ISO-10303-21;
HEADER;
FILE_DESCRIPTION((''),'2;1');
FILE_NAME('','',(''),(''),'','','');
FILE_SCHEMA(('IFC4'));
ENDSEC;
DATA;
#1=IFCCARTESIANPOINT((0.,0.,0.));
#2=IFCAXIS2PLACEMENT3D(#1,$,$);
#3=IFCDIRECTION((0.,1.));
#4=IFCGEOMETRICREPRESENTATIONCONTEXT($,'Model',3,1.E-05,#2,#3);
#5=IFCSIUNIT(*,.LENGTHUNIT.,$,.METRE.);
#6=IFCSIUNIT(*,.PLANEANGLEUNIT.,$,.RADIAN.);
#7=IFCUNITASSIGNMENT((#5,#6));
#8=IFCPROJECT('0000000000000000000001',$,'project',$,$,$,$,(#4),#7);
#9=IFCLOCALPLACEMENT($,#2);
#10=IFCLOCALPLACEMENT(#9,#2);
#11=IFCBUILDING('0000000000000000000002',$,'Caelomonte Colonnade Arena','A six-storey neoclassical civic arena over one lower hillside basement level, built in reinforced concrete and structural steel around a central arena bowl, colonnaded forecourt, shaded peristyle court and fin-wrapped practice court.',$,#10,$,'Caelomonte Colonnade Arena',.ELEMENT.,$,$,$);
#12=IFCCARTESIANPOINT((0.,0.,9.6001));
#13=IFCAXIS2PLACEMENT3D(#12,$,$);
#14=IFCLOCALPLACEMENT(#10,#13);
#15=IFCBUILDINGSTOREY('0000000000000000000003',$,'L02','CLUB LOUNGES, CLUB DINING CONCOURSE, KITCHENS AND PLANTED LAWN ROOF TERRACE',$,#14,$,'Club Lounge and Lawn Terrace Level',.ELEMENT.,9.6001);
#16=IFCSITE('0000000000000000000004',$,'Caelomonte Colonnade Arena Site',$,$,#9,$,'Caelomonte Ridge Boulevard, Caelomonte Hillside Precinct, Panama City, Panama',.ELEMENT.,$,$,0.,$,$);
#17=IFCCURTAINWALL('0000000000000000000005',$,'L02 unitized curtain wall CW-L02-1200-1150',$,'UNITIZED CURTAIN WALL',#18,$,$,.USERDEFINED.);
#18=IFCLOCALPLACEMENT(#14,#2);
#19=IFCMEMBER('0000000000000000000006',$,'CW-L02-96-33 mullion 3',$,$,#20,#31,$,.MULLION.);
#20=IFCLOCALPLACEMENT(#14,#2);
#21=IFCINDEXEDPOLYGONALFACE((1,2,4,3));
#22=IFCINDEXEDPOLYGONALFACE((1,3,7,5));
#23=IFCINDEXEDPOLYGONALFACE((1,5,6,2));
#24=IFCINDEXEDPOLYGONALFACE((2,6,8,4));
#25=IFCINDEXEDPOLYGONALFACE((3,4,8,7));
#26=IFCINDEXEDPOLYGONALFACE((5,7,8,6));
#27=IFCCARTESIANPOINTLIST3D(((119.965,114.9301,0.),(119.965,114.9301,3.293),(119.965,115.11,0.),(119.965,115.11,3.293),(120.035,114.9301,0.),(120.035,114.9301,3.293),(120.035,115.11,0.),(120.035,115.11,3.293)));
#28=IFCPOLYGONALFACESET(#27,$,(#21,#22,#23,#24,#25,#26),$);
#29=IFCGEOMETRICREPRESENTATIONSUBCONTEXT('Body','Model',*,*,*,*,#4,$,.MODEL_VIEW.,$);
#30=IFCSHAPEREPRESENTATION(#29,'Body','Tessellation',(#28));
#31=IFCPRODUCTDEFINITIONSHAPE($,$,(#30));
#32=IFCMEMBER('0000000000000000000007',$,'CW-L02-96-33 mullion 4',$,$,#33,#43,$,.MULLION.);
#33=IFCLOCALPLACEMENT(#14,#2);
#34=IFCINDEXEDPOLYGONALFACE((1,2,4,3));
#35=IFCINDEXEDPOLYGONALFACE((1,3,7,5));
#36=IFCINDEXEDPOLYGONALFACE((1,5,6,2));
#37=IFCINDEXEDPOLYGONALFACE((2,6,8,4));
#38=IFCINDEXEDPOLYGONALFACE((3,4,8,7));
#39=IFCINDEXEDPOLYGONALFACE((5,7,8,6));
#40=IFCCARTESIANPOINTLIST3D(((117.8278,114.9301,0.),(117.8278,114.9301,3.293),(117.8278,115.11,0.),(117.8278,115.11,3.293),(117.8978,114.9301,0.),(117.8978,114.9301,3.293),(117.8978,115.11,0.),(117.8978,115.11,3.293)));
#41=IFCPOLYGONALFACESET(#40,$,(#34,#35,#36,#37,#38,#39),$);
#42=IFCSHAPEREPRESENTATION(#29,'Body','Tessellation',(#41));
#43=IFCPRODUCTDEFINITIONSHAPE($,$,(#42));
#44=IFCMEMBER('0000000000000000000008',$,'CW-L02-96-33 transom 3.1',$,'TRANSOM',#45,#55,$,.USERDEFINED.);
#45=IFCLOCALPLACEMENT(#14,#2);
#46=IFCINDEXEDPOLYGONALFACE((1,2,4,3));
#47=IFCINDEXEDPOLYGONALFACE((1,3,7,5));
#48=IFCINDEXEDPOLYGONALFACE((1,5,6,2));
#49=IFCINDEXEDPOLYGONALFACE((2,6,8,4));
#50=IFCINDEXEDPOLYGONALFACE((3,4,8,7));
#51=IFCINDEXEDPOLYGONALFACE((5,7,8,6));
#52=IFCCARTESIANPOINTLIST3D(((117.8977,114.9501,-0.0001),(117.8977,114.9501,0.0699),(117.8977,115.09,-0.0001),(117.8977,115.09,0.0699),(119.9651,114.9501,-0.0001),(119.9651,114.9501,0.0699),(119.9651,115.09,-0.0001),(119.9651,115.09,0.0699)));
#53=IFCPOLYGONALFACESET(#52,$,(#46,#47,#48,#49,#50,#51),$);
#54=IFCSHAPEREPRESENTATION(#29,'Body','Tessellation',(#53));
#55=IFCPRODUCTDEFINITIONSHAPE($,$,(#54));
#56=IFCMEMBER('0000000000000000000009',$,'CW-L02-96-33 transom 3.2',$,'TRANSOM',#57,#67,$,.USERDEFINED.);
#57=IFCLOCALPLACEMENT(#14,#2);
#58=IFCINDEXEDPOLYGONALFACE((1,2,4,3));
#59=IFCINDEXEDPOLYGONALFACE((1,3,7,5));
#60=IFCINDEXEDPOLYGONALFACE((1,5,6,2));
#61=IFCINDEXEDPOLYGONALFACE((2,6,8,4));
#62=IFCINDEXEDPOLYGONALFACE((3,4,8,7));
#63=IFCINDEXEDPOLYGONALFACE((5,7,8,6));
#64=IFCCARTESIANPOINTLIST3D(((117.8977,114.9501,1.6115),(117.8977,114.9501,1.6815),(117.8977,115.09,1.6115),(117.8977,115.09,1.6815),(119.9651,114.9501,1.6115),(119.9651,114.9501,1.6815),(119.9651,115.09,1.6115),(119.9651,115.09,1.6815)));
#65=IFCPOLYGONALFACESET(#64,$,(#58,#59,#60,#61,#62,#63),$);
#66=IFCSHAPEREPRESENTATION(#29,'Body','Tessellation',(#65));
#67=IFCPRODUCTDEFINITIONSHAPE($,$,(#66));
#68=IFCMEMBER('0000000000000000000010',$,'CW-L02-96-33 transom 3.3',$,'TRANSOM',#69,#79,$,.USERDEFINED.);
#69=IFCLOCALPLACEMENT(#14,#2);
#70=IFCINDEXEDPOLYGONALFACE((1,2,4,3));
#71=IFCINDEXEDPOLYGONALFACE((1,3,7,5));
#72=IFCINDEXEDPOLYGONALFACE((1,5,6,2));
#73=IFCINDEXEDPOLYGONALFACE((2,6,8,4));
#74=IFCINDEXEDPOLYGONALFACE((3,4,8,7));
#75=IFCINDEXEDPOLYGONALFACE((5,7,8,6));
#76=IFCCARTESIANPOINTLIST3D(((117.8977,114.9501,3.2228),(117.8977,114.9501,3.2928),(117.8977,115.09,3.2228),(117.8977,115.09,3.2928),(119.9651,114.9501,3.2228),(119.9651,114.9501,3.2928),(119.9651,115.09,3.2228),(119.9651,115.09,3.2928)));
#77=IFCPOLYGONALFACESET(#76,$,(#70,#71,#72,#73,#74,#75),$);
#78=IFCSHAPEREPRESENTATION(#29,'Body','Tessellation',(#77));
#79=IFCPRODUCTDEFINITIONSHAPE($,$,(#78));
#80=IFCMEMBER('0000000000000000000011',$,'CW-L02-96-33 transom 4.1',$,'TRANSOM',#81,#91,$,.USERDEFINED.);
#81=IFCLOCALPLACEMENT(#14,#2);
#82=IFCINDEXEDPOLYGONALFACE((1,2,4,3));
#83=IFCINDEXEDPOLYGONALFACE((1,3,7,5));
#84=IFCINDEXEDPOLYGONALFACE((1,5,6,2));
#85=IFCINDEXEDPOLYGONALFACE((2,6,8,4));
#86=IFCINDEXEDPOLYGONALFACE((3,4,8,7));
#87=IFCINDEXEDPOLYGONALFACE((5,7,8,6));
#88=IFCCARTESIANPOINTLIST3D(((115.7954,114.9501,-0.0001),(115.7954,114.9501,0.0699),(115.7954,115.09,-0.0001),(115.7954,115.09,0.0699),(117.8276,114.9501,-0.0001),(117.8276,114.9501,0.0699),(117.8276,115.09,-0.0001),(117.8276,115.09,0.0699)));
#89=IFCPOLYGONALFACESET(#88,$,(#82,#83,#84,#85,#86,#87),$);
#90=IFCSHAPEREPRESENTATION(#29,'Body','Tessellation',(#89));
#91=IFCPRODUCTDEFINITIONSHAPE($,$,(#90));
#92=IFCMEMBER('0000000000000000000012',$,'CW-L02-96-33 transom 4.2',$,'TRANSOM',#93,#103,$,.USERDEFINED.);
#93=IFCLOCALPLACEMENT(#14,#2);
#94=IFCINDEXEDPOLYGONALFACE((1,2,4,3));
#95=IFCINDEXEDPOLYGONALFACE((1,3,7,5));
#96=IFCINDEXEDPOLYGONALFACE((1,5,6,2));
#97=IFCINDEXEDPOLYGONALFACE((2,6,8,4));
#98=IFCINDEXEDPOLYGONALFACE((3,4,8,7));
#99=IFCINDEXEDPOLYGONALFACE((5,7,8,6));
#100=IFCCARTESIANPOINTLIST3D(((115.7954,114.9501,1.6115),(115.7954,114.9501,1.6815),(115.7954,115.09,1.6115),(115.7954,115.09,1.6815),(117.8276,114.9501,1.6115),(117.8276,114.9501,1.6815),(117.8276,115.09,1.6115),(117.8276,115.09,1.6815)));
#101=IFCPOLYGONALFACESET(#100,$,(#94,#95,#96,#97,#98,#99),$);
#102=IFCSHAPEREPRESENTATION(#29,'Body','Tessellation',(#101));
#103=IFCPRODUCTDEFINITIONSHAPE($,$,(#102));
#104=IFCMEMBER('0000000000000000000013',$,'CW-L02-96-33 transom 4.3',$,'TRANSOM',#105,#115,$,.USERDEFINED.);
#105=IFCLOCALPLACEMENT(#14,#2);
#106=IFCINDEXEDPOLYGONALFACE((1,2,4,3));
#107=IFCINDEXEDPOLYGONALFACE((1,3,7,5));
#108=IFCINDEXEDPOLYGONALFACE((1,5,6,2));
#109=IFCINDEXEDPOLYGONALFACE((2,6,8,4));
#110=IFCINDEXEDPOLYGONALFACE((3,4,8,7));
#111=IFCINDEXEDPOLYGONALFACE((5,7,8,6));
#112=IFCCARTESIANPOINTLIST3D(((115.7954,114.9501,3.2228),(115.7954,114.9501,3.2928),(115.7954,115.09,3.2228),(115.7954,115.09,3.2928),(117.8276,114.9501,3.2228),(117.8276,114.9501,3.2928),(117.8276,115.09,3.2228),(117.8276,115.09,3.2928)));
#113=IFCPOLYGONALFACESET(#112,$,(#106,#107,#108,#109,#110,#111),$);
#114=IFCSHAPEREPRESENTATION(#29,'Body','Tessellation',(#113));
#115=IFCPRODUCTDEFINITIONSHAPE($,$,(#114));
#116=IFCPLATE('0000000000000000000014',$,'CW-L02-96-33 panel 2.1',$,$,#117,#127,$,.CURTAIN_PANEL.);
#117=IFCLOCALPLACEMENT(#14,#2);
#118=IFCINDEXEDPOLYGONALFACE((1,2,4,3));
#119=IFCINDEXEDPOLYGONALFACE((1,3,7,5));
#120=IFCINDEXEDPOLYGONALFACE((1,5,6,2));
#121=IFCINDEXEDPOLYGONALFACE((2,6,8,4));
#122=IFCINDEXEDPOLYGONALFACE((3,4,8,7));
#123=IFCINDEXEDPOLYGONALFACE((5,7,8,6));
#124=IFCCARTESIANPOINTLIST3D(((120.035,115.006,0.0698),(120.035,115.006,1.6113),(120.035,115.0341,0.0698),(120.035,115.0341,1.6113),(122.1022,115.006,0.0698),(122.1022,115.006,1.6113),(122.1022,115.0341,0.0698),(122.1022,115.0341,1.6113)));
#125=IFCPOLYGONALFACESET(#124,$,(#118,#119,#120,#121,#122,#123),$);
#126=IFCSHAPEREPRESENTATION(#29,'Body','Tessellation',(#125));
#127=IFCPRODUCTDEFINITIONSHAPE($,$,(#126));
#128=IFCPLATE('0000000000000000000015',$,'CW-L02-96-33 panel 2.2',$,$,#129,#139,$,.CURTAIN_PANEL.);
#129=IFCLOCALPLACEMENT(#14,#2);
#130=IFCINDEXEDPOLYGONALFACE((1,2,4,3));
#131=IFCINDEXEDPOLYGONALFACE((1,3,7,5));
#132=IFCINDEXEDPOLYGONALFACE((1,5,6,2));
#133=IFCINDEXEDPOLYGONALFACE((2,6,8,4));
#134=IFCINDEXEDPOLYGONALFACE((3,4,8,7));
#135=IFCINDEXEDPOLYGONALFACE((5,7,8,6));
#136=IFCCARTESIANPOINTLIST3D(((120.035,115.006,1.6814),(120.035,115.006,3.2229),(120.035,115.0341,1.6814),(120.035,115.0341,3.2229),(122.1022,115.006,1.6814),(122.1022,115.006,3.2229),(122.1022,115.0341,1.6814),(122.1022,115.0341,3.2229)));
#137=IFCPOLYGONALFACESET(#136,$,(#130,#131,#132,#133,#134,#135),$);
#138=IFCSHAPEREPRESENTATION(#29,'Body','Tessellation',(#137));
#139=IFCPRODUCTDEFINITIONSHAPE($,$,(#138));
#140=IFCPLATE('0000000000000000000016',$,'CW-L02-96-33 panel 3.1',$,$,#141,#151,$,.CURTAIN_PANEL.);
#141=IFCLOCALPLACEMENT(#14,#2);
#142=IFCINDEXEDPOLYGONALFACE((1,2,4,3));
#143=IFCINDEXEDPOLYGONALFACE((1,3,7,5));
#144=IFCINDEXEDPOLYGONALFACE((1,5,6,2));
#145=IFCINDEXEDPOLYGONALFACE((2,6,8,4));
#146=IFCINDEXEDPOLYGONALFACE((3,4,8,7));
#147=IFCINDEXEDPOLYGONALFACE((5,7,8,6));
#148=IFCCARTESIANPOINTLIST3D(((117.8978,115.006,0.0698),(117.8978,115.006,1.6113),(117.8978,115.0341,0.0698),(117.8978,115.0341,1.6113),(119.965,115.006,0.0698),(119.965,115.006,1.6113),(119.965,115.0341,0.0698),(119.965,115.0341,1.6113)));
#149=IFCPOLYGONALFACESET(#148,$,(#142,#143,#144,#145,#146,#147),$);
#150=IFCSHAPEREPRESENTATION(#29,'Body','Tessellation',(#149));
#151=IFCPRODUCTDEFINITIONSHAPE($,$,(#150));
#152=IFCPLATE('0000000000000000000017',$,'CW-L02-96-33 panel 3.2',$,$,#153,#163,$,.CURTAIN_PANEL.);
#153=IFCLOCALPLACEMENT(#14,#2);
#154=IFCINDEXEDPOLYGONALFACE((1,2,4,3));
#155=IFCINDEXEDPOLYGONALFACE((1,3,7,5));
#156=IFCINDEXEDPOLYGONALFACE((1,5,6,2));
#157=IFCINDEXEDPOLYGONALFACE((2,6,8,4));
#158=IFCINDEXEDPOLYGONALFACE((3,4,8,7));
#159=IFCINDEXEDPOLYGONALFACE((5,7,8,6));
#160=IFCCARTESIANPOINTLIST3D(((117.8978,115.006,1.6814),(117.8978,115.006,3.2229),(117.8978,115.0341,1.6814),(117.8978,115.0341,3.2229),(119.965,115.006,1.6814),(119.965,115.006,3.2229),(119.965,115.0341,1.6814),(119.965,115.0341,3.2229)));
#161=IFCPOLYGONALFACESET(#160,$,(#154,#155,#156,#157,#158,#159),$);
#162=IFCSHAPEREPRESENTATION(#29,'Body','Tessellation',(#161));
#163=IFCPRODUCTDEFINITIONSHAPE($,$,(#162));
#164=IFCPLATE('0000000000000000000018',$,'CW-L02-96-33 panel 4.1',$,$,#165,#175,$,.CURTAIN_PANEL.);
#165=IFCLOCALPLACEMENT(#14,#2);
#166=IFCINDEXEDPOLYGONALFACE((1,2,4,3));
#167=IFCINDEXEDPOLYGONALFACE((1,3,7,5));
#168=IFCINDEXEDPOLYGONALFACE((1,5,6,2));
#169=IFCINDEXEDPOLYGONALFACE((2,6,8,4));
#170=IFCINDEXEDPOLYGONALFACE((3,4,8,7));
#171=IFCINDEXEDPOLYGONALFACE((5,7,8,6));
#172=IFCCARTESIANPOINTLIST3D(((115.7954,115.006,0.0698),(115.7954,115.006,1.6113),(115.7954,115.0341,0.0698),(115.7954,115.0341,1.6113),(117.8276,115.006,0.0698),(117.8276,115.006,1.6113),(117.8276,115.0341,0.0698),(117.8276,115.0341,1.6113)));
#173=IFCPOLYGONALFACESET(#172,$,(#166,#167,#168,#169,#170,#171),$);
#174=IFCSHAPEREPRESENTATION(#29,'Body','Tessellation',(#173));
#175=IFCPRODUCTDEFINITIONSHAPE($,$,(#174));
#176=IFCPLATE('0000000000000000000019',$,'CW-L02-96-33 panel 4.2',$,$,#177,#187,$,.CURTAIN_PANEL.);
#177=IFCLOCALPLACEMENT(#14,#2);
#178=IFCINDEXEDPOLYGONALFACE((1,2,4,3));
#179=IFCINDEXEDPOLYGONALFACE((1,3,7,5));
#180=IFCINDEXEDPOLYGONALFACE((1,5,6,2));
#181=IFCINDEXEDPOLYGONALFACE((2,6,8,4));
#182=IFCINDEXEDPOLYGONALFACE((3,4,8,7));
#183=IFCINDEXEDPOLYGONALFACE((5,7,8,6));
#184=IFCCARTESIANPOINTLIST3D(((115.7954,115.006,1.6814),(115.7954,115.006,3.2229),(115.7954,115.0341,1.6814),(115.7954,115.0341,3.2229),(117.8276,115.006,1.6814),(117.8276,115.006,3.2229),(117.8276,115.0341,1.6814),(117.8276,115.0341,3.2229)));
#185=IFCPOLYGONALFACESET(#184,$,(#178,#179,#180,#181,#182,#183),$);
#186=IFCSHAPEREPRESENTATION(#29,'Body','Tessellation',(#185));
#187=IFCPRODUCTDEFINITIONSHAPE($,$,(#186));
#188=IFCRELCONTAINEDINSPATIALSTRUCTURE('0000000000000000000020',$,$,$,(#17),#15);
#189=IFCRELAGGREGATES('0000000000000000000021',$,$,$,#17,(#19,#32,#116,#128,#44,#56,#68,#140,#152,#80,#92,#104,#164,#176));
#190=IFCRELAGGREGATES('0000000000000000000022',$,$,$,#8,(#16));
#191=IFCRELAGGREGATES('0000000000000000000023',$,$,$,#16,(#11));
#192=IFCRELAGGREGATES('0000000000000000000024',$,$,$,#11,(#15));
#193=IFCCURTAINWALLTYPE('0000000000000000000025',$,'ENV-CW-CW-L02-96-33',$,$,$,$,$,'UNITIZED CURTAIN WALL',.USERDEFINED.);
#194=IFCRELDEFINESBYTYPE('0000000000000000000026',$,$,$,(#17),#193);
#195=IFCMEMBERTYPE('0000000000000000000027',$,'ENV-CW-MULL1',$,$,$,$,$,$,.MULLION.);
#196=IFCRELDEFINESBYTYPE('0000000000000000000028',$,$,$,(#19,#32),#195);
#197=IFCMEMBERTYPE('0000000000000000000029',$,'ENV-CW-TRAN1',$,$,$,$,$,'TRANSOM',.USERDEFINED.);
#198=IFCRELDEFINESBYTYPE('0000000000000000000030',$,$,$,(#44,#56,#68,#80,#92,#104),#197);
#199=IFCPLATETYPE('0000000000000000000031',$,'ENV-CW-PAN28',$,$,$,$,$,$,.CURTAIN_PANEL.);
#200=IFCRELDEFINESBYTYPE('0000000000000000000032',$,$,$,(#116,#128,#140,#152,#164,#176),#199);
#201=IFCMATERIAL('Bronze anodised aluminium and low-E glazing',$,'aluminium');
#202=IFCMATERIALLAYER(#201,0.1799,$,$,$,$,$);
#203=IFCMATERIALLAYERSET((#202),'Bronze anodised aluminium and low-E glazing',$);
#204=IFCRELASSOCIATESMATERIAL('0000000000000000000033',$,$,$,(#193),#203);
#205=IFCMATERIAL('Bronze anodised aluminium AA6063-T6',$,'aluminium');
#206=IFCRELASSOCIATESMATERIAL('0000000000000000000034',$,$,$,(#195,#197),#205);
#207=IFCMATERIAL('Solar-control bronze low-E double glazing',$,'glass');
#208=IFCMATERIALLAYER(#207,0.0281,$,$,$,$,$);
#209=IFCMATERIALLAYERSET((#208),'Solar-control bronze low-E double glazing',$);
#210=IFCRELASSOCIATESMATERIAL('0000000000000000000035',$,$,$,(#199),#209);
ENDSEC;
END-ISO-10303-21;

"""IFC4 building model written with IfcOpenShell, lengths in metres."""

from ifc_helpers import new_model, si_unit, direction, frame, origin, origin_2d, place, context, subcontext, project, spatial, rectangle, extrude, material, layer, layer_set, material_profile, profile_set, type_object, element, aggregate, save


model = new_model("IFC4")

# Units and contexts
model_context = context("Model", 3, precision=1e-05, world=origin(), true_north=direction((0.0, 1.0)))
body_context = subcontext(model_context, "Body", "Model", "MODEL_VIEW")
ifc_project = project(units=[si_unit("LENGTHUNIT", "METRE"), si_unit("PLANEANGLEUNIT", "RADIAN")], contexts=[model_context])

# Site, building, storey
site_placement = place(None, origin())
site = spatial("IfcSite", under=ifc_project, at=site_placement, Name="Caelomonte Colonnade Arena Site", LongName="Caelomonte Ridge Boulevard, Caelomonte Hillside Precinct, Panama City, Panama", CompositionType="ELEMENT", RefElevation=0.0)
building_placement = place(site_placement, origin())
building = spatial("IfcBuilding", under=site, at=building_placement, Name="Caelomonte Colonnade Arena", Description="A six-storey neoclassical civic arena over one lower hillside basement level, built in reinforced concrete and structural steel around a central arena bowl, colonnaded forecourt, shaded peristyle court and fin-wrapped practice court.", LongName="Caelomonte Colonnade Arena", CompositionType="ELEMENT")
storey_placement = place(building_placement, frame((0.0, 0.0, 9.6001)))
storey = spatial("IfcBuildingStorey", under=building, at=storey_placement, Name="L02", Description="CLUB LOUNGES, CLUB DINING CONCOURSE, KITCHENS AND PLANTED LAWN ROOF TERRACE", LongName="Club Lounge and Lawn Terrace Level", CompositionType="ELEMENT", Elevation=9.6001)

# Curtain wall, members, plates
ifc_material_1 = material(Name="Bronze anodised aluminium and low-E glazing", Category="aluminium")
ifc_layer_1 = layer(ifc_material_1, 0.1799)
ifc_layer_set_1 = layer_set([ifc_layer_1], Name="Bronze anodised aluminium and low-E glazing")
curtain_wall_type = type_object("IfcCurtainWallType", Name="ENV-CW-CW-L02-96-33", ElementType="UNITIZED CURTAIN WALL", PredefinedType="USERDEFINED", material=ifc_layer_set_1)
curtain_wall_placement = place(storey_placement, origin())
curtain_wall = element("IfcCurtainWall", 1, at=curtain_wall_placement, inside=storey, type_object=curtain_wall_type, Name="L02 unitized curtain wall CW-L02-1200-1150", ObjectType="UNITIZED CURTAIN WALL", PredefinedType="USERDEFINED")
ifc_material_2 = material(Name="Bronze anodised aluminium AA6063-T6", Category="aluminium")
ifc_material_profile_1 = material_profile(ifc_material_2, rectangle(XDim=0.0701, YDim=0.1799, at=origin_2d()), Name="CWM-70X180")
ifc_profile_set_1 = profile_set([ifc_material_profile_1], Name="Bronze anodised aluminium AA6063-T6")
member_type_1 = type_object("IfcMemberType", Name="ENV-CW-MULL1", PredefinedType="MULLION", material=ifc_profile_set_1)
member_1_placement = place(storey_placement, frame((120.0, 115.02, 0.0), z_axis=(0.0, 0.0, 1.0), x_axis=(-1.0, 0.0, 0.0)))
member_1 = element("IfcMember", 2, at=member_1_placement, type_object=member_type_1, Name="CW-L02-96-33 mullion 3", PredefinedType="MULLION", context=body_context, shape_type="SweptSolid", body=[
    extrude(rectangle(XDim=0.0701, YDim=0.1799, at=origin_2d()), origin(), (0.0, 0.0, 1.0), 3.293),
])
member_2_placement = place(storey_placement, frame((117.8628, 115.02, 0.0), z_axis=(0.0, 0.0, 1.0), x_axis=(-1.0, 0.0, 0.0)))
member_2 = element("IfcMember", 3, at=member_2_placement, type_object=member_type_1, Name="CW-L02-96-33 mullion 4", PredefinedType="MULLION", context=body_context, shape_type="SweptSolid", body=[
    extrude(rectangle(XDim=0.0701, YDim=0.1799, at=origin_2d()), origin(), (0.0, 0.0, 1.0), 3.293),
])
ifc_material_profile_2 = material_profile(ifc_material_2, rectangle(XDim=0.0701, YDim=0.1399, at=origin_2d()), Name="CWT-70X140")
ifc_profile_set_2 = profile_set([ifc_material_profile_2], Name="Bronze anodised aluminium AA6063-T6")
member_type_2 = type_object("IfcMemberType", Name="ENV-CW-TRAN1", ElementType="TRANSOM", PredefinedType="USERDEFINED", material=ifc_profile_set_2)
member_3_placement = place(storey_placement, frame((119.9651, 115.02, 0.0349), z_axis=(-1.0, 0.0, 0.0), x_axis=(0.0, 0.0, 1.0)))
member_3 = element("IfcMember", 4, at=member_3_placement, type_object=member_type_2, Name="CW-L02-96-33 transom 3.1", ObjectType="TRANSOM", PredefinedType="USERDEFINED", context=body_context, shape_type="SweptSolid", body=[
    extrude(rectangle(XDim=0.0701, YDim=0.1399, at=origin_2d()), origin(), (0.0, 0.0, 1.0), 2.0674),
])
member_4_placement = place(storey_placement, frame((119.9651, 115.02, 1.6465), z_axis=(-1.0, 0.0, 0.0), x_axis=(0.0, 0.0, 1.0)))
member_4 = element("IfcMember", 5, at=member_4_placement, type_object=member_type_2, Name="CW-L02-96-33 transom 3.2", ObjectType="TRANSOM", PredefinedType="USERDEFINED", context=body_context, shape_type="SweptSolid", body=[
    extrude(rectangle(XDim=0.0701, YDim=0.1399, at=origin_2d()), origin(), (0.0, 0.0, 1.0), 2.0674),
])
member_5_placement = place(storey_placement, frame((119.9651, 115.02, 3.2578), z_axis=(-1.0, 0.0, 0.0), x_axis=(0.0, 0.0, 1.0)))
member_5 = element("IfcMember", 6, at=member_5_placement, type_object=member_type_2, Name="CW-L02-96-33 transom 3.3", ObjectType="TRANSOM", PredefinedType="USERDEFINED", context=body_context, shape_type="SweptSolid", body=[
    extrude(rectangle(XDim=0.0701, YDim=0.1399, at=origin_2d()), origin(), (0.0, 0.0, 1.0), 2.0674),
])
member_6_placement = place(storey_placement, frame((117.8276, 115.02, 0.0349), z_axis=(-1.0, 0.0, 0.0), x_axis=(0.0, 0.0, 1.0)))
member_6 = element("IfcMember", 7, at=member_6_placement, type_object=member_type_2, Name="CW-L02-96-33 transom 4.1", ObjectType="TRANSOM", PredefinedType="USERDEFINED", context=body_context, shape_type="SweptSolid", body=[
    extrude(rectangle(XDim=0.0701, YDim=0.1399, at=origin_2d()), origin(), (0.0, 0.0, 1.0), 2.0322),
])
member_7_placement = place(storey_placement, frame((117.8276, 115.02, 1.6465), z_axis=(-1.0, 0.0, 0.0), x_axis=(0.0, 0.0, 1.0)))
member_7 = element("IfcMember", 8, at=member_7_placement, type_object=member_type_2, Name="CW-L02-96-33 transom 4.2", ObjectType="TRANSOM", PredefinedType="USERDEFINED", context=body_context, shape_type="SweptSolid", body=[
    extrude(rectangle(XDim=0.0701, YDim=0.1399, at=origin_2d()), origin(), (0.0, 0.0, 1.0), 2.0322),
])
member_8_placement = place(storey_placement, frame((117.8276, 115.02, 3.2578), z_axis=(-1.0, 0.0, 0.0), x_axis=(0.0, 0.0, 1.0)))
member_8 = element("IfcMember", 9, at=member_8_placement, type_object=member_type_2, Name="CW-L02-96-33 transom 4.3", ObjectType="TRANSOM", PredefinedType="USERDEFINED", context=body_context, shape_type="SweptSolid", body=[
    extrude(rectangle(XDim=0.0701, YDim=0.1399, at=origin_2d()), origin(), (0.0, 0.0, 1.0), 2.0322),
])
ifc_material_3 = material(Name="Solar-control bronze low-E double glazing", Category="glass")
ifc_layer_2 = layer(ifc_material_3, 0.0281)
ifc_layer_set_2 = layer_set([ifc_layer_2], Name="Solar-control bronze low-E double glazing")
plate_type = type_object("IfcPlateType", Name="ENV-CW-PAN28", PredefinedType="CURTAIN_PANEL", material=ifc_layer_set_2)
plate_1_placement = place(storey_placement, frame((121.0686, 115.02, 0.0698), z_axis=(0.0, 0.0, 1.0), x_axis=(-1.0, 0.0, 0.0)))
plate_1 = element("IfcPlate", 10, at=plate_1_placement, type_object=plate_type, Name="CW-L02-96-33 panel 2.1", PredefinedType="CURTAIN_PANEL", context=body_context, shape_type="SweptSolid", body=[
    extrude(rectangle(XDim=2.0671, YDim=0.0281, at=origin_2d()), origin(), (0.0, 0.0, 1.0), 1.5415),
])
plate_2_placement = place(storey_placement, frame((121.0686, 115.02, 1.6814), z_axis=(0.0, 0.0, 1.0), x_axis=(-1.0, 0.0, 0.0)))
plate_2 = element("IfcPlate", 11, at=plate_2_placement, type_object=plate_type, Name="CW-L02-96-33 panel 2.2", PredefinedType="CURTAIN_PANEL", context=body_context, shape_type="SweptSolid", body=[
    extrude(rectangle(XDim=2.0671, YDim=0.0281, at=origin_2d()), origin(), (0.0, 0.0, 1.0), 1.5415),
])
plate_3_placement = place(storey_placement, frame((118.9314, 115.02, 0.0698), z_axis=(0.0, 0.0, 1.0), x_axis=(-1.0, 0.0, 0.0)))
plate_3 = element("IfcPlate", 12, at=plate_3_placement, type_object=plate_type, Name="CW-L02-96-33 panel 3.1", PredefinedType="CURTAIN_PANEL", context=body_context, shape_type="SweptSolid", body=[
    extrude(rectangle(XDim=2.0671, YDim=0.0281, at=origin_2d()), origin(), (0.0, 0.0, 1.0), 1.5415),
])
plate_4_placement = place(storey_placement, frame((118.9314, 115.02, 1.6814), z_axis=(0.0, 0.0, 1.0), x_axis=(-1.0, 0.0, 0.0)))
plate_4 = element("IfcPlate", 13, at=plate_4_placement, type_object=plate_type, Name="CW-L02-96-33 panel 3.2", PredefinedType="CURTAIN_PANEL", context=body_context, shape_type="SweptSolid", body=[
    extrude(rectangle(XDim=2.0671, YDim=0.0281, at=origin_2d()), origin(), (0.0, 0.0, 1.0), 1.5415),
])
plate_5_placement = place(storey_placement, frame((116.8115, 115.02, 0.0698), z_axis=(0.0, 0.0, 1.0), x_axis=(-1.0, 0.0, 0.0)))
plate_5 = element("IfcPlate", 14, at=plate_5_placement, type_object=plate_type, Name="CW-L02-96-33 panel 4.1", PredefinedType="CURTAIN_PANEL", context=body_context, shape_type="SweptSolid", body=[
    extrude(rectangle(XDim=2.0322, YDim=0.0281, at=origin_2d()), origin(), (0.0, 0.0, 1.0), 1.5415),
])
plate_6_placement = place(storey_placement, frame((116.8115, 115.02, 1.6814), z_axis=(0.0, 0.0, 1.0), x_axis=(-1.0, 0.0, 0.0)))
plate_6 = element("IfcPlate", 15, at=plate_6_placement, type_object=plate_type, Name="CW-L02-96-33 panel 4.2", PredefinedType="CURTAIN_PANEL", context=body_context, shape_type="SweptSolid", body=[
    extrude(rectangle(XDim=2.0322, YDim=0.0281, at=origin_2d()), origin(), (0.0, 0.0, 1.0), 1.5415),
])
aggregate(curtain_wall, [member_1, member_2, plate_1, plate_2, member_3, member_4, member_5, plate_3, plate_4, member_6, member_7, member_8, plate_5, plate_6])

save(model, "model.ifc")
